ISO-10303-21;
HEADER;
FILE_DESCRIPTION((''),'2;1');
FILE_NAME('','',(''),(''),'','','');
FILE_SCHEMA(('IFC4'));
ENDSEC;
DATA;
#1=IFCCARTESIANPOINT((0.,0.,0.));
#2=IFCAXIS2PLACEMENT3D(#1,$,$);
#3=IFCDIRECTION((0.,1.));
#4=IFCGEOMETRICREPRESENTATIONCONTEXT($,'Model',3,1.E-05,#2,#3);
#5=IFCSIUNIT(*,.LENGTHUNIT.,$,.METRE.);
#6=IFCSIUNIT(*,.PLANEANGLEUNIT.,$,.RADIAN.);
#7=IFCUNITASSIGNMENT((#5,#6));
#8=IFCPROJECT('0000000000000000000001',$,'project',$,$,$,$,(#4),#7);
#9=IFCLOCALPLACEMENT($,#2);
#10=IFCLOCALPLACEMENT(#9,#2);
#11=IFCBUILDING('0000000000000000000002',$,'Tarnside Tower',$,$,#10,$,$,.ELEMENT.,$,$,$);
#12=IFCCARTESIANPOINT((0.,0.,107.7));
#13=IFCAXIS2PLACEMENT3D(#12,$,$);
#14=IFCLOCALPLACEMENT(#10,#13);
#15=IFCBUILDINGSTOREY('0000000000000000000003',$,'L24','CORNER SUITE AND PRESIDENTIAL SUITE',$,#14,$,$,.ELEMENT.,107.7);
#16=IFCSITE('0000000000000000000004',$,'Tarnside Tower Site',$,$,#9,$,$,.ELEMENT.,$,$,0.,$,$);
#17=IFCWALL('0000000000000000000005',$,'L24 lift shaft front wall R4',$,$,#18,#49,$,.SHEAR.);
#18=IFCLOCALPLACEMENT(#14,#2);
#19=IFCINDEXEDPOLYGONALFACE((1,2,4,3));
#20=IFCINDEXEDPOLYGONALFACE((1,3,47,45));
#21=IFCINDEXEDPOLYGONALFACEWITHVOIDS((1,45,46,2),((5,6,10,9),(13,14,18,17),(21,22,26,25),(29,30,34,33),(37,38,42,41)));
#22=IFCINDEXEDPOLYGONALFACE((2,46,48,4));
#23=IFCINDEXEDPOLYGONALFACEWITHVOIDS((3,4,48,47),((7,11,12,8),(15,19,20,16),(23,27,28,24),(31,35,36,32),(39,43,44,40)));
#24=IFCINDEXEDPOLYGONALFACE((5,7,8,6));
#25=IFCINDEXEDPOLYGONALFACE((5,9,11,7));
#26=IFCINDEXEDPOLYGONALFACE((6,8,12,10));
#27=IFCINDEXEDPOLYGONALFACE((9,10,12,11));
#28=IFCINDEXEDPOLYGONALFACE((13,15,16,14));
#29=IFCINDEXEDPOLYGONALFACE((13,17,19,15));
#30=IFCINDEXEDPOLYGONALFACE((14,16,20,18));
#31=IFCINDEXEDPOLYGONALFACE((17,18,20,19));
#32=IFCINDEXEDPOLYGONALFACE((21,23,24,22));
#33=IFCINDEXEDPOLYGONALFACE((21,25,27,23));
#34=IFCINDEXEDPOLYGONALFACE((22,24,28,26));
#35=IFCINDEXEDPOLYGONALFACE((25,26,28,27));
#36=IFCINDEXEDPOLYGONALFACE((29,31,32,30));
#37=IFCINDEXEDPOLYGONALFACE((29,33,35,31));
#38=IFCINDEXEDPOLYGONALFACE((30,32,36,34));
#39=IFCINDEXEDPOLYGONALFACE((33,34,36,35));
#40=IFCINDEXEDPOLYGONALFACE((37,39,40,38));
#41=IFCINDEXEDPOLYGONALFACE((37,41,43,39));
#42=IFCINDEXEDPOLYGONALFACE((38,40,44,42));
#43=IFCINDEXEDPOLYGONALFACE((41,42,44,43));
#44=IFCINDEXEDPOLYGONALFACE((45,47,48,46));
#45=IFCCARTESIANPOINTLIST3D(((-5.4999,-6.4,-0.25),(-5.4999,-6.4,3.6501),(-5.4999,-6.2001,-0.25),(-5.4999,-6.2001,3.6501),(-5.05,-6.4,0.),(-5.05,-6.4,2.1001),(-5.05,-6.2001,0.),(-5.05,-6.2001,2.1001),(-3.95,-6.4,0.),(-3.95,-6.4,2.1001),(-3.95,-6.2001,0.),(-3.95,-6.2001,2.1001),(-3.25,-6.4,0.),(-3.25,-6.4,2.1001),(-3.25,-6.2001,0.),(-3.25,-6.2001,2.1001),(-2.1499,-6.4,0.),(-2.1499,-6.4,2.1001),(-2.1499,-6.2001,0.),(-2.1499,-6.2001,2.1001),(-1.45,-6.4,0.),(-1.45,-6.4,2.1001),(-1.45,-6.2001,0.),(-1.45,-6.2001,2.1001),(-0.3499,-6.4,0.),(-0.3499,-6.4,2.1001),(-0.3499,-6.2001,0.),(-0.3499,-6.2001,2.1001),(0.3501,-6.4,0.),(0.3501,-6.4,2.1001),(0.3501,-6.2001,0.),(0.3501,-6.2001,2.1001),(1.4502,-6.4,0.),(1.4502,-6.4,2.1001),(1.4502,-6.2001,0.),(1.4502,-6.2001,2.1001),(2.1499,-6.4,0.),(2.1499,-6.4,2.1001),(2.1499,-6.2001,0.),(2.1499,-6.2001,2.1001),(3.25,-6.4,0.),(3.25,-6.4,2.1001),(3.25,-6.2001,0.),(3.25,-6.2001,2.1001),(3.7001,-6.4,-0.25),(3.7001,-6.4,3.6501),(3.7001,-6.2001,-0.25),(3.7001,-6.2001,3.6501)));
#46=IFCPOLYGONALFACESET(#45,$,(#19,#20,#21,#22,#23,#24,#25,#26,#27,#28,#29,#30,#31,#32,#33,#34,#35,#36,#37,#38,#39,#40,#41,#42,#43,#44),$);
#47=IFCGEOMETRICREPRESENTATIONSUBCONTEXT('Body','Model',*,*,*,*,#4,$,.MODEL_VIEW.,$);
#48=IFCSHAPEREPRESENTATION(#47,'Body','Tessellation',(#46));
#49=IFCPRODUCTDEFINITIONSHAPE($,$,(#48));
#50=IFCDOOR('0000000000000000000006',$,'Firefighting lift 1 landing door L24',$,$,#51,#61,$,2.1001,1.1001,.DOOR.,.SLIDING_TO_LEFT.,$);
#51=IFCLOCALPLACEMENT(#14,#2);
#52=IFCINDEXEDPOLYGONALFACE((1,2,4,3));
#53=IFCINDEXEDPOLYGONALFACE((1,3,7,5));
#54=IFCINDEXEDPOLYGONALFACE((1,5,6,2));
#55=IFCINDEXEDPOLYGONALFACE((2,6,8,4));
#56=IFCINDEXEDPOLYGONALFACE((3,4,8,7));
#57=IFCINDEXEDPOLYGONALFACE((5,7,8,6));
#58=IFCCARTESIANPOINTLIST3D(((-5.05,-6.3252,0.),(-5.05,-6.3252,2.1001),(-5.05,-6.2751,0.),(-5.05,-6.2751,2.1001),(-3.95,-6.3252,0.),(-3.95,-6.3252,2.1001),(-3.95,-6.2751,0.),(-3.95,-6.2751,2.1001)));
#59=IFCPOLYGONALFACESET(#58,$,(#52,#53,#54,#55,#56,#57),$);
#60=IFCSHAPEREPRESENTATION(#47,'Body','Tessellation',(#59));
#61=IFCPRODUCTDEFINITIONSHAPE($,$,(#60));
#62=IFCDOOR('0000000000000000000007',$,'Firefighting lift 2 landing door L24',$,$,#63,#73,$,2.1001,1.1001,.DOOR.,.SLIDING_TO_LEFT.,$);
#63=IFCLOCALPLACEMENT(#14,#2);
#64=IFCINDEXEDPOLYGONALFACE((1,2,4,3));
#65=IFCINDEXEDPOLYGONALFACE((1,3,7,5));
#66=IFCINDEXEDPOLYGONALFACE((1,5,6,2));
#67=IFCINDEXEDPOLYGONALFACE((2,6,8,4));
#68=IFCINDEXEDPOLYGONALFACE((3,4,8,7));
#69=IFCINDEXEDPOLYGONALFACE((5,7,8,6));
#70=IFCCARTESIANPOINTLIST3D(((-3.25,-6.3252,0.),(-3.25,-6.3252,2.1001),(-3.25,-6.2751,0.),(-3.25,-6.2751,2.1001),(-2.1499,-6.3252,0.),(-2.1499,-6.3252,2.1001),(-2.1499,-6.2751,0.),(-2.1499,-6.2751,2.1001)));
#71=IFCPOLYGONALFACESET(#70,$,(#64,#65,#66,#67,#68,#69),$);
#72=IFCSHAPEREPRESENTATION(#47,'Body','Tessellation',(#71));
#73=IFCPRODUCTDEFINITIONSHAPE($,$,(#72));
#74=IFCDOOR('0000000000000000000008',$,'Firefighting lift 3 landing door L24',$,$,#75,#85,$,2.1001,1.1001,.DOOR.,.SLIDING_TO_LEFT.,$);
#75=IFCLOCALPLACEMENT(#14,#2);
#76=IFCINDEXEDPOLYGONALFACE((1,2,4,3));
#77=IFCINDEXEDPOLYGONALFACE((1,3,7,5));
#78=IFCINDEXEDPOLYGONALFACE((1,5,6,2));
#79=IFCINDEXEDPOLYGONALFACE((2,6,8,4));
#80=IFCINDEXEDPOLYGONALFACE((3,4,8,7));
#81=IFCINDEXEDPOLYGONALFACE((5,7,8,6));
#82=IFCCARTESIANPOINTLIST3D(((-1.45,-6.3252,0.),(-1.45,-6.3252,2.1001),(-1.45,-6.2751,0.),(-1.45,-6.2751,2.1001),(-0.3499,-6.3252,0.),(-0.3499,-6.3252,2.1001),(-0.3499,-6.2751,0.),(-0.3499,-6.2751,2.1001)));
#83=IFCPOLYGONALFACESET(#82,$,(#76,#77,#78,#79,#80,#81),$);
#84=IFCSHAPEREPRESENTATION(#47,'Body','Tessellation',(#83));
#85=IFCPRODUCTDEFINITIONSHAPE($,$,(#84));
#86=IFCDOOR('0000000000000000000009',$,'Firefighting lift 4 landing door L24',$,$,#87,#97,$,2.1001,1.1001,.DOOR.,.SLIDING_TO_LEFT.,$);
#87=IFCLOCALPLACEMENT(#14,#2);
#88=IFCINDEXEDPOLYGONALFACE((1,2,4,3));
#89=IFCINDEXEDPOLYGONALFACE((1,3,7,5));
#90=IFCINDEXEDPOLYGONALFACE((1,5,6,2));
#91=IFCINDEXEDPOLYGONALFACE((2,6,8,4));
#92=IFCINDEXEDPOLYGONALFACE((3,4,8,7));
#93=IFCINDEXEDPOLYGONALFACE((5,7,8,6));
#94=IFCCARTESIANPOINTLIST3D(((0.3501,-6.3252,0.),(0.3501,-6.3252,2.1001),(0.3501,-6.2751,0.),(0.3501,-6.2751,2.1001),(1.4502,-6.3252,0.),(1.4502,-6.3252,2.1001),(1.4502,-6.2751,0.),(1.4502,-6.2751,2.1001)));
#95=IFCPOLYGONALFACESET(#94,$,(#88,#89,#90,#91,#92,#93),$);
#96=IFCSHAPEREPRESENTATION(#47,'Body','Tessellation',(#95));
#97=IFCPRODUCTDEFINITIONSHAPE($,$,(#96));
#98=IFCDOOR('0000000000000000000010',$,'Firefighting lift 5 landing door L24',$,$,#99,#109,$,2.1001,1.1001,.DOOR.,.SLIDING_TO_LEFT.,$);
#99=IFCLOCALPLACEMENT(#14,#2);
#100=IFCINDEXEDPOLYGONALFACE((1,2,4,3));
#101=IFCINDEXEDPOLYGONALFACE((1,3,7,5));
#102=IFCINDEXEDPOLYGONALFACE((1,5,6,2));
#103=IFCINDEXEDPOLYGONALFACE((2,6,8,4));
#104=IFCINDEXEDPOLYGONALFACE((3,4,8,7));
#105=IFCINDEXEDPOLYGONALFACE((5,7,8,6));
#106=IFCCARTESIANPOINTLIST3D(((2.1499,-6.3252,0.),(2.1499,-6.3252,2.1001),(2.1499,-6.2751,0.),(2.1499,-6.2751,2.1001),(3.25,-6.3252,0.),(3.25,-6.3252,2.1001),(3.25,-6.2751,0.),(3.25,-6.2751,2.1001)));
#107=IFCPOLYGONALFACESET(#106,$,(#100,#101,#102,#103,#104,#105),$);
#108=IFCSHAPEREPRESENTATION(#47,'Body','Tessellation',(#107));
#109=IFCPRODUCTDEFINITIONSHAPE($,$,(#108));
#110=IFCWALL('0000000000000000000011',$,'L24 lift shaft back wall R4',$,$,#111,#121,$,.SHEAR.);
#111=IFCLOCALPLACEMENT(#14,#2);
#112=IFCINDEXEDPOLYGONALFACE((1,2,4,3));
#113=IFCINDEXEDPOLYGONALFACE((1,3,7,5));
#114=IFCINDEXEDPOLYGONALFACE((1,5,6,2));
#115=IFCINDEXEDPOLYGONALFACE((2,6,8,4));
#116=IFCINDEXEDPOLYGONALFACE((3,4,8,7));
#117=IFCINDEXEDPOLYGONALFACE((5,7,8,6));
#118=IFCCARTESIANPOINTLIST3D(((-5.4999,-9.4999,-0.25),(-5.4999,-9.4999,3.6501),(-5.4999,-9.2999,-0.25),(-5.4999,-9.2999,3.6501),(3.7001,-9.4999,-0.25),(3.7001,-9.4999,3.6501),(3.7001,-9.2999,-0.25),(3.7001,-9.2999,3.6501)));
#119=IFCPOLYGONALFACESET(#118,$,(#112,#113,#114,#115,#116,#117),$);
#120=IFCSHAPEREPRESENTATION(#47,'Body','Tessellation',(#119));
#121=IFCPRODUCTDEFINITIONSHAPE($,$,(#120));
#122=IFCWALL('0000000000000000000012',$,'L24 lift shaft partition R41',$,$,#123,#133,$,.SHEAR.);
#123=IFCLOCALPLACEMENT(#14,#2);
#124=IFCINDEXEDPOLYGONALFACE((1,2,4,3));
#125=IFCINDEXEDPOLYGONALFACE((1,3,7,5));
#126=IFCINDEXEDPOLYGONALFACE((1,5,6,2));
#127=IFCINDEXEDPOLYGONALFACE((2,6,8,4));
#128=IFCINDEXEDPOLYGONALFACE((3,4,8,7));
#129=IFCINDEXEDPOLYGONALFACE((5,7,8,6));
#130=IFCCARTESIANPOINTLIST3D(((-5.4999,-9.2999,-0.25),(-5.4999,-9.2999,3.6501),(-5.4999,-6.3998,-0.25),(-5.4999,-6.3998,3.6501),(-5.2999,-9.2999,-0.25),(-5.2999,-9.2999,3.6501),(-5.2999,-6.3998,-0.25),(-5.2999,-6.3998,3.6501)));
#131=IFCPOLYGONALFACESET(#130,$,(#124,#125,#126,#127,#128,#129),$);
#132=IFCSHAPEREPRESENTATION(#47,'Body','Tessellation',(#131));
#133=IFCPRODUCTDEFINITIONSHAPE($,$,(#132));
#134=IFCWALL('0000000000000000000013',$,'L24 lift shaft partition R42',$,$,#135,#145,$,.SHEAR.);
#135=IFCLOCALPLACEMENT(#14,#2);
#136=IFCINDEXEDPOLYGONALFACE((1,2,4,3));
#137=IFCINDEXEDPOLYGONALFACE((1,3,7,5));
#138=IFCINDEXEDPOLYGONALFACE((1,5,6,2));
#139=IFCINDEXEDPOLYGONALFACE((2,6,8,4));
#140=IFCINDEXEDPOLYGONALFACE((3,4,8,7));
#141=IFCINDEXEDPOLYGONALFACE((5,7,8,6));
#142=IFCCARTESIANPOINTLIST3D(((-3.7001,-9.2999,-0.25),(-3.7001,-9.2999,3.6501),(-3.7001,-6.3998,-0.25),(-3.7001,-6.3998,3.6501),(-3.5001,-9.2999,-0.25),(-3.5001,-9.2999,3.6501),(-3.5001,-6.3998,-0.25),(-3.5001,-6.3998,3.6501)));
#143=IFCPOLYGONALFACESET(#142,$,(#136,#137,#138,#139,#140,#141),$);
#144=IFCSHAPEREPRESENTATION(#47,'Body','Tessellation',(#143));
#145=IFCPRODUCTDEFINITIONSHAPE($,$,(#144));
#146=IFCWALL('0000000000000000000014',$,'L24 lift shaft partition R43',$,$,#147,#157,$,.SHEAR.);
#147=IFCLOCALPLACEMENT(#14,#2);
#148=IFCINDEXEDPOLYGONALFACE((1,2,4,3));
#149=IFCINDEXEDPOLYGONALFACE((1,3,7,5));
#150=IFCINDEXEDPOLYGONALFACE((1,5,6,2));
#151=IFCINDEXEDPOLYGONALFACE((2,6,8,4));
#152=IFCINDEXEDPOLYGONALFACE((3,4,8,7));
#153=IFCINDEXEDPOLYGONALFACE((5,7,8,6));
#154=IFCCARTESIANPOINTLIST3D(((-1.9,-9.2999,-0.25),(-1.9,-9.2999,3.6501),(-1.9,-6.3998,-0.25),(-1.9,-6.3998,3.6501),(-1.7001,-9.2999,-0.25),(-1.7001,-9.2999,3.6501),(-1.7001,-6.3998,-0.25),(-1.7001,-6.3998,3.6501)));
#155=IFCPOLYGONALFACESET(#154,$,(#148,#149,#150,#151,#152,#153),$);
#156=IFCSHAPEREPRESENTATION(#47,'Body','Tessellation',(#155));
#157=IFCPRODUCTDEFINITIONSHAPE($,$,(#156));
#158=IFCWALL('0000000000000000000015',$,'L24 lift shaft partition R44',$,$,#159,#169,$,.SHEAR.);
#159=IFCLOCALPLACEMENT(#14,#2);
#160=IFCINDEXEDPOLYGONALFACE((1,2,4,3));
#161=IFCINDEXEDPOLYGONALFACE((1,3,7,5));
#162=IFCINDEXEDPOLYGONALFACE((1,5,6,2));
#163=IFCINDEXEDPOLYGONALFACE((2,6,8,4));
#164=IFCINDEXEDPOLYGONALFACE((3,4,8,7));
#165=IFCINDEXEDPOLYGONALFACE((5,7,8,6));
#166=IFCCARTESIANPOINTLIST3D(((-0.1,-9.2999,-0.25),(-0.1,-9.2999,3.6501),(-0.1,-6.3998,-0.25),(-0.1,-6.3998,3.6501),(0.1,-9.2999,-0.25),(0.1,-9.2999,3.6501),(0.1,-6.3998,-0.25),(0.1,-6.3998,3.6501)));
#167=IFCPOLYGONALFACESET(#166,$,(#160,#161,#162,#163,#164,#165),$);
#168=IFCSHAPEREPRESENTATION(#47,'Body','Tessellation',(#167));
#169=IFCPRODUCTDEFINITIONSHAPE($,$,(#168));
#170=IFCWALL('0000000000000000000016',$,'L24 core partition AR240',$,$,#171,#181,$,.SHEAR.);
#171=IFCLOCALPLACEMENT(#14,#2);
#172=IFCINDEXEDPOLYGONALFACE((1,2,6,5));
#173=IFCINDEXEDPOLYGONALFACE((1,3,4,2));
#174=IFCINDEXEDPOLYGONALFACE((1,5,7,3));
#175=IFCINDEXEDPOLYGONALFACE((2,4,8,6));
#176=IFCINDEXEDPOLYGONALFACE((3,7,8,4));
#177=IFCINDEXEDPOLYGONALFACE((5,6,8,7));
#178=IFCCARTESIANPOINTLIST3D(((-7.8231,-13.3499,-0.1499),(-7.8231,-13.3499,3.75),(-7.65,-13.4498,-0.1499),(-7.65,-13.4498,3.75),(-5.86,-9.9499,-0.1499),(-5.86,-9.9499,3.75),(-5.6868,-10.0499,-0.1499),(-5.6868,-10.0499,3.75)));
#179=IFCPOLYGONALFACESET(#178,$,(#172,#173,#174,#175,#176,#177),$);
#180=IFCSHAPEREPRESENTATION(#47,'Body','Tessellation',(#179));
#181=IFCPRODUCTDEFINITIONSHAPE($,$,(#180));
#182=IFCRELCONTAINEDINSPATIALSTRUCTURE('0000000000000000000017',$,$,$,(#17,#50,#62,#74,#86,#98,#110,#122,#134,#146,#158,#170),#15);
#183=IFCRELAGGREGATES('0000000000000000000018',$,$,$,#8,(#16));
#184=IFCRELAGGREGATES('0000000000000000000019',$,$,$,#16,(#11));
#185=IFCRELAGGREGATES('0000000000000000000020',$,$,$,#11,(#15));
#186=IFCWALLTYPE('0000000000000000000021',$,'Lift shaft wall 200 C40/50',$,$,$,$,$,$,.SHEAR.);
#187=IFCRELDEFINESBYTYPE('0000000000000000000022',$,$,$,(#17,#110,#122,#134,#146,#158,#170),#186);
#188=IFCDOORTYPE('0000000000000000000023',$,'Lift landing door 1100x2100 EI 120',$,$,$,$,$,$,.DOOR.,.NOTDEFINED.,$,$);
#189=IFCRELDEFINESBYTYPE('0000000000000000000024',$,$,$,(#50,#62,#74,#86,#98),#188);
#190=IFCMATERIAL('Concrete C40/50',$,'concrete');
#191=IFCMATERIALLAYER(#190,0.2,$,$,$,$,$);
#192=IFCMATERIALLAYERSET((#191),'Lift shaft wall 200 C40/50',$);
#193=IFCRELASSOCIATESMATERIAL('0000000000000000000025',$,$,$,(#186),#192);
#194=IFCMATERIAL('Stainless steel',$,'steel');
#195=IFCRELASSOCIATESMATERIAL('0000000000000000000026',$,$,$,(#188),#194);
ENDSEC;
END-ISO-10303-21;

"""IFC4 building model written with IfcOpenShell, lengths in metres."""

from ifc_helpers import new_model, si_unit, direction, frame, frame_2d, origin, place, context, subcontext, project, spatial, rectangle, extrude, material, layer, layer_set, type_object, element, fill, save


model = new_model("IFC4")

# Units and contexts
model_context = context("Model", 3, precision=1e-05, world=origin(), true_north=direction((0.0, 1.0)))
body_context = subcontext(model_context, "Body", "Model", "MODEL_VIEW")
ifc_project = project(units=[si_unit("LENGTHUNIT", "METRE"), si_unit("PLANEANGLEUNIT", "RADIAN")], contexts=[model_context])

# Site, building, storey
site_placement = place(None, origin())
site = spatial("IfcSite", under=ifc_project, at=site_placement, Name="Tarnside Tower Site", CompositionType="ELEMENT", RefElevation=0.0)
building_placement = place(site_placement, origin())
building = spatial("IfcBuilding", under=site, at=building_placement, Name="Tarnside Tower", CompositionType="ELEMENT")
storey_placement = place(building_placement, frame((0.0, 0.0, 107.7)))
storey = spatial("IfcBuildingStorey", under=building, at=storey_placement, Name="L24", Description="CORNER SUITE AND PRESIDENTIAL SUITE", CompositionType="ELEMENT", Elevation=107.7)

# Shared definitions
ifc_material_1 = material(Name="Concrete C40/50", Category="concrete")

# Wall, openings, doors
ifc_layer_1 = layer(ifc_material_1, 0.2)
ifc_layer_set_1 = layer_set([ifc_layer_1], Name="Lift shaft wall 200 C40/50")
wall_type_1 = type_object("IfcWallType", Name="Lift shaft wall 200 C40/50", PredefinedType="SHEAR", material=ifc_layer_set_1)
wall_1_placement = place(storey_placement, frame((-5.5, -6.3, -0.25), z_axis=(0.0, 0.0, 1.0), x_axis=(1.0, 0.0, 0.0)))
wall_1 = element("IfcWall", 1, at=wall_1_placement, inside=storey, type_object=wall_type_1, Name="L24 lift shaft front wall R4", PredefinedType="SHEAR", context=body_context, shape_type="SweptSolid", body=[
    extrude(rectangle(XDim=9.2, YDim=0.2, at=frame_2d((4.6001, 0.0))), origin(), (0.0, 0.0, 1.0), 3.9001),
])
opening_1_placement = place(wall_1_placement, frame((0.45, 0.0, 0.25)))
opening_1 = element("IfcOpeningElement", 2, at=opening_1_placement, cuts=wall_1, PredefinedType="OPENING", context=body_context, shape_type="SweptSolid", body=[
    extrude(rectangle(XDim=1.1001, YDim=2.1001, at=frame_2d((0.55, 1.05))), frame((0.0, 0.1099, 0.0), z_axis=(0.0, -1.0, 0.0), x_axis=(1.0, 0.0, 0.0)), (0.0, 0.0, 1.0), 0.22),
])
opening_2_placement = place(wall_1_placement, frame((2.25, 0.0, 0.25)))
opening_2 = element("IfcOpeningElement", 3, at=opening_2_placement, cuts=wall_1, PredefinedType="OPENING", context=body_context, shape_type="SweptSolid", body=[
    extrude(rectangle(XDim=1.1001, YDim=2.1001, at=frame_2d((0.55, 1.05))), frame((0.0, 0.1099, 0.0), z_axis=(0.0, -1.0, 0.0), x_axis=(1.0, 0.0, 0.0)), (0.0, 0.0, 1.0), 0.22),
])
opening_3_placement = place(wall_1_placement, frame((4.05, 0.0, 0.25)))
opening_3 = element("IfcOpeningElement", 4, at=opening_3_placement, cuts=wall_1, PredefinedType="OPENING", context=body_context, shape_type="SweptSolid", body=[
    extrude(rectangle(XDim=1.1001, YDim=2.1001, at=frame_2d((0.55, 1.05))), frame((0.0, 0.1099, 0.0), z_axis=(0.0, -1.0, 0.0), x_axis=(1.0, 0.0, 0.0)), (0.0, 0.0, 1.0), 0.22),
])
opening_4_placement = place(wall_1_placement, frame((5.8501, 0.0, 0.25)))
opening_4 = element("IfcOpeningElement", 5, at=opening_4_placement, cuts=wall_1, PredefinedType="OPENING", context=body_context, shape_type="SweptSolid", body=[
    extrude(rectangle(XDim=1.1001, YDim=2.1001, at=frame_2d((0.55, 1.05))), frame((0.0, 0.1099, 0.0), z_axis=(0.0, -1.0, 0.0), x_axis=(1.0, 0.0, 0.0)), (0.0, 0.0, 1.0), 0.22),
])
opening_5_placement = place(wall_1_placement, frame((7.6499, 0.0, 0.25)))
opening_5 = element("IfcOpeningElement", 6, at=opening_5_placement, cuts=wall_1, PredefinedType="OPENING", context=body_context, shape_type="SweptSolid", body=[
    extrude(rectangle(XDim=1.1001, YDim=2.1001, at=frame_2d((0.55, 1.05))), frame((0.0, 0.1099, 0.0), z_axis=(0.0, -1.0, 0.0), x_axis=(1.0, 0.0, 0.0)), (0.0, 0.0, 1.0), 0.22),
])
ifc_material_2 = material(Name="Stainless steel", Category="steel")
door_type_1 = type_object("IfcDoorType", Name="Lift landing door 1100x2100 EI 120", OperationType="NOTDEFINED", PredefinedType="DOOR", material=ifc_material_2)
door_1_placement = place(opening_1_placement, origin())
door_1 = element("IfcDoor", 7, at=door_1_placement, inside=storey, type_object=door_type_1, Name="Firefighting lift 1 landing door L24", OperationType="SLIDING_TO_LEFT", OverallHeight=2.1001, OverallWidth=1.1001, PredefinedType="DOOR", context=body_context, shape_type="SweptSolid", body=[
    extrude(rectangle(XDim=1.1001, YDim=2.1001, at=frame_2d((0.55, 1.05))), frame((0.0, 0.0249, 0.0), z_axis=(0.0, -1.0, 0.0), x_axis=(1.0, 0.0, 0.0)), (0.0, 0.0, 1.0), 0.05),
])
fill(opening_1, door_1)
door_2_placement = place(opening_2_placement, origin())
door_2 = element("IfcDoor", 8, at=door_2_placement, inside=storey, type_object=door_type_1, Name="Firefighting lift 2 landing door L24", OperationType="SLIDING_TO_LEFT", OverallHeight=2.1001, OverallWidth=1.1001, PredefinedType="DOOR", context=body_context, shape_type="SweptSolid", body=[
    extrude(rectangle(XDim=1.1001, YDim=2.1001, at=frame_2d((0.55, 1.05))), frame((0.0, 0.0249, 0.0), z_axis=(0.0, -1.0, 0.0), x_axis=(1.0, 0.0, 0.0)), (0.0, 0.0, 1.0), 0.05),
])
fill(opening_2, door_2)
door_3_placement = place(opening_3_placement, origin())
door_3 = element("IfcDoor", 9, at=door_3_placement, inside=storey, type_object=door_type_1, Name="Firefighting lift 3 landing door L24", OperationType="SLIDING_TO_LEFT", OverallHeight=2.1001, OverallWidth=1.1001, PredefinedType="DOOR", context=body_context, shape_type="SweptSolid", body=[
    extrude(rectangle(XDim=1.1001, YDim=2.1001, at=frame_2d((0.55, 1.05))), frame((0.0, 0.0249, 0.0), z_axis=(0.0, -1.0, 0.0), x_axis=(1.0, 0.0, 0.0)), (0.0, 0.0, 1.0), 0.05),
])
fill(opening_3, door_3)
door_4_placement = place(opening_4_placement, origin())
door_4 = element("IfcDoor", 10, at=door_4_placement, inside=storey, type_object=door_type_1, Name="Firefighting lift 4 landing door L24", OperationType="SLIDING_TO_LEFT", OverallHeight=2.1001, OverallWidth=1.1001, PredefinedType="DOOR", context=body_context, shape_type="SweptSolid", body=[
    extrude(rectangle(XDim=1.1001, YDim=2.1001, at=frame_2d((0.55, 1.05))), frame((0.0, 0.0249, 0.0), z_axis=(0.0, -1.0, 0.0), x_axis=(1.0, 0.0, 0.0)), (0.0, 0.0, 1.0), 0.05),
])
fill(opening_4, door_4)
door_5_placement = place(opening_5_placement, origin())
door_5 = element("IfcDoor", 11, at=door_5_placement, inside=storey, type_object=door_type_1, Name="Firefighting lift 5 landing door L24", OperationType="SLIDING_TO_LEFT", OverallHeight=2.1001, OverallWidth=1.1001, PredefinedType="DOOR", context=body_context, shape_type="SweptSolid", body=[
    extrude(rectangle(XDim=1.1001, YDim=2.1001, at=frame_2d((0.55, 1.05))), frame((0.0, 0.0249, 0.0), z_axis=(0.0, -1.0, 0.0), x_axis=(1.0, 0.0, 0.0)), (0.0, 0.0, 1.0), 0.05),
])
fill(opening_5, door_5)

# Walls
wall_2_placement = place(storey_placement, frame((-5.5, -9.3999, -0.25), z_axis=(0.0, 0.0, 1.0), x_axis=(1.0, 0.0, 0.0)))
element("IfcWall", 12, at=wall_2_placement, inside=storey, type_object=wall_type_1, Name="L24 lift shaft back wall R4", PredefinedType="SHEAR", context=body_context, shape_type="SweptSolid", body=[
    extrude(rectangle(XDim=9.2, YDim=0.2, at=frame_2d((4.6001, 0.0))), origin(), (0.0, 0.0, 1.0), 3.9001),
])
for number, where, z_axis, x_axis, name in (
    (13, (-5.3999, -9.3, -0.25), (0.0, 0.0, 1.0), (0.0, 1.0, 0.0), "L24 lift shaft partition R41"),
    (14, (-3.6001, -9.3, -0.25), (0.0, 0.0, 1.0), (0.0, 1.0, 0.0), "L24 lift shaft partition R42"),
    (15, (-1.8, -9.3, -0.25), (0.0, 0.0, 1.0), (0.0, 1.0, 0.0), "L24 lift shaft partition R43"),
    (16, (0.0, -9.3, -0.25), (0.0, 0.0, 1.0), (0.0, 1.0, 0.0), "L24 lift shaft partition R44"),
):
    element("IfcWall", number, at=place(storey_placement, frame(where, z_axis=z_axis, x_axis=x_axis)), inside=storey, type_object=wall_type_1, Name=name, PredefinedType="SHEAR", context=body_context, shape_type="SweptSolid", body=[
        extrude(rectangle(XDim=2.9001, YDim=0.2, at=frame_2d((1.4502, 0.0))), origin(), (0.0, 0.0, 1.0), 3.9001),
    ])
wall_3_placement = place(storey_placement, frame((-5.7734, -10.0, -0.1499), z_axis=(0.0, 0.0, 1.0), x_axis=(-0.500038, -0.866003, 0.0)))
element("IfcWall", 17, at=wall_3_placement, inside=storey, type_object=wall_type_1, Name="L24 core partition AR240", PredefinedType="SHEAR", context=body_context, shape_type="SweptSolid", body=[
    extrude(rectangle(XDim=3.926, YDim=0.2, at=frame_2d((1.9629, 0.0))), origin(), (0.0, 0.0, 1.0), 3.8999),
])

save(model, "model.ifc")
